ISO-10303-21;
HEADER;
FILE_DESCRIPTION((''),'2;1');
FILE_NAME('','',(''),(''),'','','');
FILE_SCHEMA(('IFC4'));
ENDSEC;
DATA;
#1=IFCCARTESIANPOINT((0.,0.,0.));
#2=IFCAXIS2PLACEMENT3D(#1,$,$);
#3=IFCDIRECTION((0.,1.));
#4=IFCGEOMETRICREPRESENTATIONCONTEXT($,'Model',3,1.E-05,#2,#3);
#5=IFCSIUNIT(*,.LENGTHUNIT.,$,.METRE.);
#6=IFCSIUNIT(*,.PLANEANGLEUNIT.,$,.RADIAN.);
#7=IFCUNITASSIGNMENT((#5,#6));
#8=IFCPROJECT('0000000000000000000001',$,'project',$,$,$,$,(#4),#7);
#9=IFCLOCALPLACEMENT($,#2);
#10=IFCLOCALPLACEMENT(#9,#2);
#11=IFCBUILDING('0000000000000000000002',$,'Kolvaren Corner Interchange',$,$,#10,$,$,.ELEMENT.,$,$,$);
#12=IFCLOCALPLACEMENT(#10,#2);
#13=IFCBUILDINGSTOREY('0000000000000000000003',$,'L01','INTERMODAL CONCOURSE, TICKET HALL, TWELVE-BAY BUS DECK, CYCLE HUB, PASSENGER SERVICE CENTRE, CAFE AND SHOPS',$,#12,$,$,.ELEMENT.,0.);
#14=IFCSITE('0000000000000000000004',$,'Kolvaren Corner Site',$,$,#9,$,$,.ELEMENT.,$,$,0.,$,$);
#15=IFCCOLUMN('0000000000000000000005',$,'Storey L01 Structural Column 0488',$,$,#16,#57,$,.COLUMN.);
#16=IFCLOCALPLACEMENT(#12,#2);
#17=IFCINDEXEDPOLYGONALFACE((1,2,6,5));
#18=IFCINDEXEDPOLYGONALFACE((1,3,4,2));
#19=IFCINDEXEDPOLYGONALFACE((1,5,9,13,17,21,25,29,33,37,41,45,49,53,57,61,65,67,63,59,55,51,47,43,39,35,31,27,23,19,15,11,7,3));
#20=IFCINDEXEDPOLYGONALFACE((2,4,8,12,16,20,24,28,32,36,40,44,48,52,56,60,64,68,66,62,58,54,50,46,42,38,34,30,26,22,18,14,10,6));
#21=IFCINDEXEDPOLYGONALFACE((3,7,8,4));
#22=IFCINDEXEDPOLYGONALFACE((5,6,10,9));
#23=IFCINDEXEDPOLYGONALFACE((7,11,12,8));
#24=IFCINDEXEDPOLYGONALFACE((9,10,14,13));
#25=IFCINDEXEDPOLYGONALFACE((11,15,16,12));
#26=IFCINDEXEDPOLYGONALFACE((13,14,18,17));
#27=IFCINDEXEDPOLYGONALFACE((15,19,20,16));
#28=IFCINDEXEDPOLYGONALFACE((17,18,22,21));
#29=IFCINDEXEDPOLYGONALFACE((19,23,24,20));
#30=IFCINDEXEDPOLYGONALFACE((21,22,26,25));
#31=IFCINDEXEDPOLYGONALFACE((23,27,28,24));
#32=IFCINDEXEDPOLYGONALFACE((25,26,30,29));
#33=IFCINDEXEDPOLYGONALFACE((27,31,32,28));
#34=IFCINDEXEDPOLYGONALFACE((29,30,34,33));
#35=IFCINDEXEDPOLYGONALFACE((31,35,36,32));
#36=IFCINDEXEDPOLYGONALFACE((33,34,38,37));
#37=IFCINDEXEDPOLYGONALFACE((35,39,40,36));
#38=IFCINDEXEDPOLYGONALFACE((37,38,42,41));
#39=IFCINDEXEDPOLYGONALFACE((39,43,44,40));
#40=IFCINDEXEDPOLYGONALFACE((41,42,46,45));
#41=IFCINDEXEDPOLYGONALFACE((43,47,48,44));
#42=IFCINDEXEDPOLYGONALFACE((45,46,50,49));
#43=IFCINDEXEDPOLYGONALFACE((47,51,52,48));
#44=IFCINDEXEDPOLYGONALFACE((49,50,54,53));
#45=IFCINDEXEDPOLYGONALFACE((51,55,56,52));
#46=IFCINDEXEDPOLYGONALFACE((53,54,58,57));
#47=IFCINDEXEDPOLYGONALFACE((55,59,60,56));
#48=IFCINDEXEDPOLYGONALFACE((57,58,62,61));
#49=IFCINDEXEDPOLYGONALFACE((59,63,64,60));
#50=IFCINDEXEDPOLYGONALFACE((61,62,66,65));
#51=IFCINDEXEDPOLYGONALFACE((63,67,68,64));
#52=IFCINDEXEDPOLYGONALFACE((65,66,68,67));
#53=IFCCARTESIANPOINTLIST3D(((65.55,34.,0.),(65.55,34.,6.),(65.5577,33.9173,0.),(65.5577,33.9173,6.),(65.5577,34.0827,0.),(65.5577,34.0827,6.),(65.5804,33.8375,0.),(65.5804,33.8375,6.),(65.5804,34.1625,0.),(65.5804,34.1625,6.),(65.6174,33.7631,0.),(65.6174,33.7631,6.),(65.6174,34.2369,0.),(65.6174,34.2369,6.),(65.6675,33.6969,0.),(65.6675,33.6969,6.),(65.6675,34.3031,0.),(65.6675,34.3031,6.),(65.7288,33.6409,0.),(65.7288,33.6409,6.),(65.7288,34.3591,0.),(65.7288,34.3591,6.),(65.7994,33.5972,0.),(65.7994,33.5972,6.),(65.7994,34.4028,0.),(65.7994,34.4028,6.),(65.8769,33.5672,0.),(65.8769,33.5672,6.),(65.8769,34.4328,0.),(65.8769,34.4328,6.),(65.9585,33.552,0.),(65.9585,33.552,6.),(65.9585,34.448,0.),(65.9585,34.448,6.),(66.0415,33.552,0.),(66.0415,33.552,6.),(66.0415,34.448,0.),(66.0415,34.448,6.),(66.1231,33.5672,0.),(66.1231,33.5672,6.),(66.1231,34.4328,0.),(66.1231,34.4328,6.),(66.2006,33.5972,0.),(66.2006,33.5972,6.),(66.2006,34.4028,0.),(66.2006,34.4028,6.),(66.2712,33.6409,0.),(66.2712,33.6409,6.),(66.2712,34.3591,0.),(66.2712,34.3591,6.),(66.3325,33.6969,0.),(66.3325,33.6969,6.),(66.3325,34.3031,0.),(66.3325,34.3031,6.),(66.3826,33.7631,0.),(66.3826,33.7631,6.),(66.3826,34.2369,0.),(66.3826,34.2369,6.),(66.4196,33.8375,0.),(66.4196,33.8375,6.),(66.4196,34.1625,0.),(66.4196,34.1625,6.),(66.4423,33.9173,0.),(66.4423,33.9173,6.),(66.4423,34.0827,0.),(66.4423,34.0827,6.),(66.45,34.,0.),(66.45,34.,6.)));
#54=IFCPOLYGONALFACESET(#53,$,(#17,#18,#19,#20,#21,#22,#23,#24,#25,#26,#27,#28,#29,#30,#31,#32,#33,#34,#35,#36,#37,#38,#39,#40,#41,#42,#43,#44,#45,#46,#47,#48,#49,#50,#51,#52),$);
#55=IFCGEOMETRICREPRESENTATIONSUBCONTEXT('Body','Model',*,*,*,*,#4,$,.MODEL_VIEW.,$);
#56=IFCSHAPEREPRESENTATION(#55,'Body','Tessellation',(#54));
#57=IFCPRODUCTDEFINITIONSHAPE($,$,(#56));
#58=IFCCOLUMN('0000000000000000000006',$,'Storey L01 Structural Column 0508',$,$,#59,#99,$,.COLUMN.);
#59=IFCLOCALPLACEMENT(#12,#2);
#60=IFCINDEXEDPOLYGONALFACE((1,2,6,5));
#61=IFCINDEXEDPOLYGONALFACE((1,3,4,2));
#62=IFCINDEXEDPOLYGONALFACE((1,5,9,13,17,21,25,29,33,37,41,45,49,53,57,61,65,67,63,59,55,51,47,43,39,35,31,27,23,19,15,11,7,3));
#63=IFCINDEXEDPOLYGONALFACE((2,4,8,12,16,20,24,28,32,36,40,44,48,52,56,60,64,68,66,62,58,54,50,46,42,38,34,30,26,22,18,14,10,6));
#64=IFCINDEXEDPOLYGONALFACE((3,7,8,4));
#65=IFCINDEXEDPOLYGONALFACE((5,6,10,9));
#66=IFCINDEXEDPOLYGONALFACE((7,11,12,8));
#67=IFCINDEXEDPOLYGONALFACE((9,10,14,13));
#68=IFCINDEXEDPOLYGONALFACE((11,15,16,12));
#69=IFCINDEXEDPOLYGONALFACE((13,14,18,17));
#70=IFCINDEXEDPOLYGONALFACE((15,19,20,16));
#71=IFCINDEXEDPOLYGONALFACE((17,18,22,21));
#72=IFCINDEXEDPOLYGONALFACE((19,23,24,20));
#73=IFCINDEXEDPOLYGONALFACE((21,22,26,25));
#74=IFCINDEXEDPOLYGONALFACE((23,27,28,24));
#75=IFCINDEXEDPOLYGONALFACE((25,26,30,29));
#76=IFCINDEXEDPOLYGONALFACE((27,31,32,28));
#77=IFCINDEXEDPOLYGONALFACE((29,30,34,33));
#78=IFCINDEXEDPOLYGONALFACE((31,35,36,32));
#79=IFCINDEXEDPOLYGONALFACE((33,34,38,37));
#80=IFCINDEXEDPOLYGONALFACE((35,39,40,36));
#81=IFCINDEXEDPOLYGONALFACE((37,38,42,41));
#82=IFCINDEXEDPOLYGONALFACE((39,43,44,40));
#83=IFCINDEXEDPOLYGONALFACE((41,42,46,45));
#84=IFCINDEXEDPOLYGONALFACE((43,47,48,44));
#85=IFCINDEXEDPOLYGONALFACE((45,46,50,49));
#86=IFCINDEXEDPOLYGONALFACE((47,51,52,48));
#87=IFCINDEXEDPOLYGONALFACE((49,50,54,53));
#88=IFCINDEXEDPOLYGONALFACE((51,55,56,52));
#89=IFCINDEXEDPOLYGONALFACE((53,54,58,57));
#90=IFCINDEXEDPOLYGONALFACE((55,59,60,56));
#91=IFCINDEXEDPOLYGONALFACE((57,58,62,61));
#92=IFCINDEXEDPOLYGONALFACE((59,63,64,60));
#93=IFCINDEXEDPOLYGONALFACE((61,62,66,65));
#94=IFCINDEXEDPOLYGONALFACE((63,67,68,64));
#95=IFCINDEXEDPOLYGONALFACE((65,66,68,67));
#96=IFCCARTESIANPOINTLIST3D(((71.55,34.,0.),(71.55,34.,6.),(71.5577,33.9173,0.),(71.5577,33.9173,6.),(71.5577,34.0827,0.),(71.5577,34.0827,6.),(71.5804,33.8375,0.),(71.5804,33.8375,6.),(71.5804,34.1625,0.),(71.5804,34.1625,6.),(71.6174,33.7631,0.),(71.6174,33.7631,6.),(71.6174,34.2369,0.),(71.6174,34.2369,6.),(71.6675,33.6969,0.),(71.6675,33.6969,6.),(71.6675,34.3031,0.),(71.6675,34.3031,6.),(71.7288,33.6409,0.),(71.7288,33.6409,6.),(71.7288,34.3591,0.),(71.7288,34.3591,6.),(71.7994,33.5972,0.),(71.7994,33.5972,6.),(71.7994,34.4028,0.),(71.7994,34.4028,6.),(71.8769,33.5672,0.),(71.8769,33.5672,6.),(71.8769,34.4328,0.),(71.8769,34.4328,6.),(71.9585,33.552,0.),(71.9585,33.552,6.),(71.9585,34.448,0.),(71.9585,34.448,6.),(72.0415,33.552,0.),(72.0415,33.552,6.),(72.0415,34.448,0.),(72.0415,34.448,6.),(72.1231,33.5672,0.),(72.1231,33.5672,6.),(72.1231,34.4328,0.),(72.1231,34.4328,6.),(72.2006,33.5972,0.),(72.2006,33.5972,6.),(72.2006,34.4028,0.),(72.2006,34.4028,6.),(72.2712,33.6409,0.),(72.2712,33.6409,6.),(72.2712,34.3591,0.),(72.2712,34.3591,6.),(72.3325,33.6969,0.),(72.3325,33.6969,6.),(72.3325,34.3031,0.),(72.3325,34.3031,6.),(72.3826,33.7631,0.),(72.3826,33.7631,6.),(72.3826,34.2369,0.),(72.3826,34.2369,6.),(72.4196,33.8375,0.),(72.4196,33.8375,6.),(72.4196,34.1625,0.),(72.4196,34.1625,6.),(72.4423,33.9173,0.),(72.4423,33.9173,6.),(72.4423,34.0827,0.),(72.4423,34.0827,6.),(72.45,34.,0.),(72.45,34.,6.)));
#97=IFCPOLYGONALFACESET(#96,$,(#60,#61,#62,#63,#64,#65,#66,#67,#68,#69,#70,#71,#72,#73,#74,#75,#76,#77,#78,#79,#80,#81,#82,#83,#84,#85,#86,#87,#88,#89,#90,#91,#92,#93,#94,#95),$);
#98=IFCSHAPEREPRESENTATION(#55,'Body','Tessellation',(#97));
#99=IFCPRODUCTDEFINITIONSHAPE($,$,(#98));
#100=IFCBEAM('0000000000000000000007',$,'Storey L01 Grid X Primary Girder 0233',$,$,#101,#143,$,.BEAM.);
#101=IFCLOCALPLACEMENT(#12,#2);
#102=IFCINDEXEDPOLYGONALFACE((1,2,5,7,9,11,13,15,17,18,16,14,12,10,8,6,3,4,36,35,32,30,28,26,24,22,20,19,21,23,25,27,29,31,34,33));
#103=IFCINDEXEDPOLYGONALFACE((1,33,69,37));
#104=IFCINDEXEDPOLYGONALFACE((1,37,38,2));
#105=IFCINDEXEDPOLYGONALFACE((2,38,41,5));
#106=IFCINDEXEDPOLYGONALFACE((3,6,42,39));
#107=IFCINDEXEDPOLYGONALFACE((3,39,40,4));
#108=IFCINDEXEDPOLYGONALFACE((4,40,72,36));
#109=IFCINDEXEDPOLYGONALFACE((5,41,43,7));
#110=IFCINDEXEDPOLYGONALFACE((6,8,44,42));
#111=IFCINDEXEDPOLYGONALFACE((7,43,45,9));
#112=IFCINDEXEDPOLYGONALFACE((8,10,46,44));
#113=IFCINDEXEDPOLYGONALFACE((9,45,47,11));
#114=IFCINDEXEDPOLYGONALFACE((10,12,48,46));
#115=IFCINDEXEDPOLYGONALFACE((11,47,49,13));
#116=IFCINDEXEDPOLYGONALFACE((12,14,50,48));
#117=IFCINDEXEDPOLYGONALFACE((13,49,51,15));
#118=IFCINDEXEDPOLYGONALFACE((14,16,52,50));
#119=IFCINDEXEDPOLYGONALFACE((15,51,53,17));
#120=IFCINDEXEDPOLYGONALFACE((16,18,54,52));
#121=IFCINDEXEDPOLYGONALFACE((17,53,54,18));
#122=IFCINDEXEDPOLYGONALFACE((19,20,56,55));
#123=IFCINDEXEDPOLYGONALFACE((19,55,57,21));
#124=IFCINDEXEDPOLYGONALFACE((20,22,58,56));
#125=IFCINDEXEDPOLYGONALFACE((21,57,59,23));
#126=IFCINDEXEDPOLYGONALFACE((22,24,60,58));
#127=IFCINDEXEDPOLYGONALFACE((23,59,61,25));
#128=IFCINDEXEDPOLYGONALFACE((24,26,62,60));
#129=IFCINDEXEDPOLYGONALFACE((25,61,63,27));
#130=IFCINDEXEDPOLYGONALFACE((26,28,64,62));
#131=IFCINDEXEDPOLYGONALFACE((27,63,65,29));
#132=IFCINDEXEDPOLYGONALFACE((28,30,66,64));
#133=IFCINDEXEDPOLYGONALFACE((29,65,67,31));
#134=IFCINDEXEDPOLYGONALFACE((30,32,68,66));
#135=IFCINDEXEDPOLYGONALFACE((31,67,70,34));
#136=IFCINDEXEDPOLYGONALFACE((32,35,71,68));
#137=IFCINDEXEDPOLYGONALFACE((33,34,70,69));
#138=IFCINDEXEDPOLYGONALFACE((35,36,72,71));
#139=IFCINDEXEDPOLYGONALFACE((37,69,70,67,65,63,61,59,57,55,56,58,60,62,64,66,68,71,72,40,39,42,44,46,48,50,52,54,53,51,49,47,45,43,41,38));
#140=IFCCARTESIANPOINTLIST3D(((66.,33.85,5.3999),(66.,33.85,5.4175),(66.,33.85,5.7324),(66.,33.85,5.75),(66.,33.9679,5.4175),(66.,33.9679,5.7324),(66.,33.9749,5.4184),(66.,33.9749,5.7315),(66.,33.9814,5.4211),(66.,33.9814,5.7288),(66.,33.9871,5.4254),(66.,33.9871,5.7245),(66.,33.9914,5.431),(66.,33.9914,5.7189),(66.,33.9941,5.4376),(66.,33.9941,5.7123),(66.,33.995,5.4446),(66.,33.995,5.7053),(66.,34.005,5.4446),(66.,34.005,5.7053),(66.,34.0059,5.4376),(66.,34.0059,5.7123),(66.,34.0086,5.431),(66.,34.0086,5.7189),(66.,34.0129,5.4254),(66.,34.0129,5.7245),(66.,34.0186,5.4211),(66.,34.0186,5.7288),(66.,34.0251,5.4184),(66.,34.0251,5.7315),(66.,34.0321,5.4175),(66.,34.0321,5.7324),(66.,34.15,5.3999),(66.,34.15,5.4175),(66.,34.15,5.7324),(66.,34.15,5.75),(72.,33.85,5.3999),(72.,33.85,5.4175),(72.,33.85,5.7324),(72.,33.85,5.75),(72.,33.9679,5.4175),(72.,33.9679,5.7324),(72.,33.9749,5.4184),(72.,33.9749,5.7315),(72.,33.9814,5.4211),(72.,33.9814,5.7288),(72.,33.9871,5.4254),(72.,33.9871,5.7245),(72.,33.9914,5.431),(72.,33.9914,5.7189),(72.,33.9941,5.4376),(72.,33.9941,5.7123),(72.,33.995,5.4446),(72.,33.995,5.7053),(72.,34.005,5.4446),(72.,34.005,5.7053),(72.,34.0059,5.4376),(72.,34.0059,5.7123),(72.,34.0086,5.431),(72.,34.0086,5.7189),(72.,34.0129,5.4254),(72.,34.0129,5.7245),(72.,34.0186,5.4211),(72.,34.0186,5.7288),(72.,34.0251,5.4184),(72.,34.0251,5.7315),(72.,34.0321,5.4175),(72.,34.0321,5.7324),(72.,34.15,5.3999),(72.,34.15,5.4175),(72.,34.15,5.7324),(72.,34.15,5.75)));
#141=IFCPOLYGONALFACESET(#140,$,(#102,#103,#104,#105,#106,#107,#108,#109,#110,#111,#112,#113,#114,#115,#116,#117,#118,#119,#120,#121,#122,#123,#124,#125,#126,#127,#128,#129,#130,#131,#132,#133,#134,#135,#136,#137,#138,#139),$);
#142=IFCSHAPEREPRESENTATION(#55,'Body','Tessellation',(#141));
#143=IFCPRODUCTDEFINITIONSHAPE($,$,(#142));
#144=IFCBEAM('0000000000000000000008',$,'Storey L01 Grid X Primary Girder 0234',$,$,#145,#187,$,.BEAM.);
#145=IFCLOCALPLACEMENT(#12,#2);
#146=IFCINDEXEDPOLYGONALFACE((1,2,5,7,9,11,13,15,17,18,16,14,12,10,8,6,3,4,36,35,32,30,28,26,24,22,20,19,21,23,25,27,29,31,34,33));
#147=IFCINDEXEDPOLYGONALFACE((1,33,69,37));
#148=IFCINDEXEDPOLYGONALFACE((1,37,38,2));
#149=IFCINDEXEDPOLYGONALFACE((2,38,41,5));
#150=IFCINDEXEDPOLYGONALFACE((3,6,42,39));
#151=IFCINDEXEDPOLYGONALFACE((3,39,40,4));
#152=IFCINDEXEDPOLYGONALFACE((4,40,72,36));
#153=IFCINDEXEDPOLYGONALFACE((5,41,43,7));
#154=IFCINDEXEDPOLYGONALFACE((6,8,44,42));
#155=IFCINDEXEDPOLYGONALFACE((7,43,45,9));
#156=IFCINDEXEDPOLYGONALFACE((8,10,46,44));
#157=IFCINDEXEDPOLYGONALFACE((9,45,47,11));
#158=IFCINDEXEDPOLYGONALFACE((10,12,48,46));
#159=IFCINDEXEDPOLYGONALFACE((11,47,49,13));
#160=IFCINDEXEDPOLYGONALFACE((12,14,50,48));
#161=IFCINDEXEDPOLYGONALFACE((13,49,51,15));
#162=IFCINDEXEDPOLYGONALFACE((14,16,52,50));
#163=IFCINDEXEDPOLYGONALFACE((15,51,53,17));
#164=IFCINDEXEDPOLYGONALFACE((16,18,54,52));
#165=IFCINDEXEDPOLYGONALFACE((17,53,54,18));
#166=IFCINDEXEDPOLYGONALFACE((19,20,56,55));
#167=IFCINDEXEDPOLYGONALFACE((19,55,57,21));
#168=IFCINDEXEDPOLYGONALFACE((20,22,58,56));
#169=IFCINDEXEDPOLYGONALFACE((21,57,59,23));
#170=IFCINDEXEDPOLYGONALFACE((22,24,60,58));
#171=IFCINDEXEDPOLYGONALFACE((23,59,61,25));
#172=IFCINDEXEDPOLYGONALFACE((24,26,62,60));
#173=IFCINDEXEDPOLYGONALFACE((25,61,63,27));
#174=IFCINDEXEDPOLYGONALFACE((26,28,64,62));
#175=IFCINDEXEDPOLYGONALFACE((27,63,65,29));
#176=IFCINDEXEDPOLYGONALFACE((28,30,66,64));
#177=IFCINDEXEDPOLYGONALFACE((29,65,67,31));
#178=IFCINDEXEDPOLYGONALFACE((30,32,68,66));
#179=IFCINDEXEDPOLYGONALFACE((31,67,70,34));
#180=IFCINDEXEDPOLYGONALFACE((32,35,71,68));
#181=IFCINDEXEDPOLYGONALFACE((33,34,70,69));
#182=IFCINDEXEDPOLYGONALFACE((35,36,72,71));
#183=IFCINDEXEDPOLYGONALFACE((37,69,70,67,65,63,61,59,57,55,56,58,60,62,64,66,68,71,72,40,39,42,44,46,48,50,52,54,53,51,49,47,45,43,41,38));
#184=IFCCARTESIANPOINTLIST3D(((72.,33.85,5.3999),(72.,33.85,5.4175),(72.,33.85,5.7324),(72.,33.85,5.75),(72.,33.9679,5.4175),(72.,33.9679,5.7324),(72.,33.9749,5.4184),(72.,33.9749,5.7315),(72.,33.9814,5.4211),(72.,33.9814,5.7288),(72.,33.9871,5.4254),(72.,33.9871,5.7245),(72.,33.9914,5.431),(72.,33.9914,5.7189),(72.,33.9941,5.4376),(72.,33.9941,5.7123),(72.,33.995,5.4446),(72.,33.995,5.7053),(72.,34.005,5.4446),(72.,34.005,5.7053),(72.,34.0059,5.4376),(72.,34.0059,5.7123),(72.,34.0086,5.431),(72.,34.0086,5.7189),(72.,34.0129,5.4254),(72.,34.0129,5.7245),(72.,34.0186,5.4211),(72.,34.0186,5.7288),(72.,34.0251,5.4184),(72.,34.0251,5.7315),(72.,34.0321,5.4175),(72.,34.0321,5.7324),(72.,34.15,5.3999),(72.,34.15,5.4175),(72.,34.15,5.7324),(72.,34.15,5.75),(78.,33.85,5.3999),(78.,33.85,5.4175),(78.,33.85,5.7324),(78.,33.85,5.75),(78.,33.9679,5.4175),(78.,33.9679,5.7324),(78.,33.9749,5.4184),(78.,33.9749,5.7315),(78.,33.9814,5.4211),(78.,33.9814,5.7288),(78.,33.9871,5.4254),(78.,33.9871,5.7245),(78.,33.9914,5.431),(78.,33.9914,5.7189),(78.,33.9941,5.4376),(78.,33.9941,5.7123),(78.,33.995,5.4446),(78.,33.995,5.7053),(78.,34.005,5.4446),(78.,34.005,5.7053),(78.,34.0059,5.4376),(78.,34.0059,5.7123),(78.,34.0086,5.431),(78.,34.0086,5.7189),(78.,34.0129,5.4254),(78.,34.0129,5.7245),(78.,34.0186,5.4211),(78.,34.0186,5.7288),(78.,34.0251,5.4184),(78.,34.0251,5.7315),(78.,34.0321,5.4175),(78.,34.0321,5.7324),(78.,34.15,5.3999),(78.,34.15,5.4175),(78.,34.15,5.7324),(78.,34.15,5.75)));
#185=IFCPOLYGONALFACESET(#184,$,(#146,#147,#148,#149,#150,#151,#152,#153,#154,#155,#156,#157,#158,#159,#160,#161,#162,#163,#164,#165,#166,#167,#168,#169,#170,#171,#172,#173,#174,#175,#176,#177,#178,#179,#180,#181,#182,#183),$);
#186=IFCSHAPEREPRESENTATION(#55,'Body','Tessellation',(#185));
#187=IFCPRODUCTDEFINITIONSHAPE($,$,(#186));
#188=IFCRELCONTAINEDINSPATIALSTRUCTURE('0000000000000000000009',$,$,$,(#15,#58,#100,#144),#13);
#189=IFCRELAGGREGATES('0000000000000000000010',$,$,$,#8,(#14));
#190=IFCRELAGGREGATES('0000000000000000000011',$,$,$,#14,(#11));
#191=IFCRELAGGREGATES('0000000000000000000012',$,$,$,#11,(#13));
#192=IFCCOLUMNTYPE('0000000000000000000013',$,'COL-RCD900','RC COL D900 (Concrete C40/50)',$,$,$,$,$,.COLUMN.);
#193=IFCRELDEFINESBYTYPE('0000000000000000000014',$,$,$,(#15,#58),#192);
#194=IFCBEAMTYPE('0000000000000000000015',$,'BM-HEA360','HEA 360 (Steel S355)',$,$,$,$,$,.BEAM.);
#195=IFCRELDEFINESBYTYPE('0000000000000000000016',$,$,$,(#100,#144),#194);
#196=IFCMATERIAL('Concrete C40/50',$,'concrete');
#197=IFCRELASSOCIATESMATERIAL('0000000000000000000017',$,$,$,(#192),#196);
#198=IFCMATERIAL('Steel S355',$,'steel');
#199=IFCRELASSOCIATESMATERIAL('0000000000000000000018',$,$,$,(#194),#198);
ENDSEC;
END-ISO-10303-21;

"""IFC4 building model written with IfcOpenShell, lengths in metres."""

from ifc_helpers import new_model, si_unit, direction, frame, origin, origin_2d, place, context, subcontext, project, spatial, circle, i_section, extrude, material, material_profile, profile_set, type_object, element, save


model = new_model("IFC4")

# Units and contexts
model_context = context("Model", 3, precision=1e-05, world=origin(), true_north=direction((0.0, 1.0)))
body_context = subcontext(model_context, "Body", "Model", "MODEL_VIEW")
ifc_project = project(units=[si_unit("LENGTHUNIT", "METRE"), si_unit("PLANEANGLEUNIT", "RADIAN")], contexts=[model_context])

# Site, building, storey
site_placement = place(None, origin())
site = spatial("IfcSite", under=ifc_project, at=site_placement, Name="Kolvaren Corner Site", CompositionType="ELEMENT", RefElevation=0.0)
building_placement = place(site_placement, origin())
building = spatial("IfcBuilding", under=site, at=building_placement, Name="Kolvaren Corner Interchange", CompositionType="ELEMENT")
storey_placement = place(building_placement, origin())
storey = spatial("IfcBuildingStorey", under=building, at=storey_placement, Name="L01", Description="INTERMODAL CONCOURSE, TICKET HALL, TWELVE-BAY BUS DECK, CYCLE HUB, PASSENGER SERVICE CENTRE, CAFE AND SHOPS", CompositionType="ELEMENT", Elevation=0.0)

# Columns
ifc_material_1 = material(Name="Concrete C40/50", Category="concrete")
ifc_material_profile_1 = material_profile(ifc_material_1, circle(Radius=0.45, at=origin_2d()), Name="RC COL D900")
ifc_profile_set_1 = profile_set([ifc_material_profile_1], Name="Concrete C40/50")
column_type = type_object("IfcColumnType", Name="COL-RCD900", Description="RC COL D900 (Concrete C40/50)", PredefinedType="COLUMN", material=ifc_profile_set_1)
for number, where, z_axis, x_axis, name in (
    (1, (66.0, 34.0, 0.0), (0.0, 0.0, 1.0), (1.0, 0.0, 0.0), "Storey L01 Structural Column 0488"),
    (2, (72.0, 34.0, 0.0), (0.0, 0.0, 1.0), (1.0, 0.0, 0.0), "Storey L01 Structural Column 0508"),
):
    element("IfcColumn", number, at=place(storey_placement, frame(where, z_axis=z_axis, x_axis=x_axis)), inside=storey, type_object=column_type, Name=name, PredefinedType="COLUMN", context=body_context, shape_type="SweptSolid", body=[
        extrude(circle(Radius=0.45, at=origin_2d()), origin(), (0.0, 0.0, 1.0), 6.0),
    ])

# Beams
ifc_material_2 = material(Name="Steel S355", Category="steel")
ifc_material_profile_2 = material_profile(ifc_material_2, i_section(OverallWidth=0.3, OverallDepth=0.3501, WebThickness=0.01, FlangeThickness=0.0176, FilletRadius=0.0271, at=origin_2d()), Name="HEA 360")
ifc_profile_set_2 = profile_set([ifc_material_profile_2], Name="Steel S355")
beam_type_1 = type_object("IfcBeamType", Name="BM-HEA360", Description="HEA 360 (Steel S355)", PredefinedType="BEAM", material=ifc_profile_set_2)
for number, where, z_axis, x_axis, name in (
    (3, (66.0, 34.0, 5.575), (1.0, 0.0, 0.0), (0.0, 1.0, 0.0), "Storey L01 Grid X Primary Girder 0233"),
    (4, (72.0, 34.0, 5.575), (1.0, 0.0, 0.0), (0.0, 1.0, 0.0), "Storey L01 Grid X Primary Girder 0234"),
):
    element("IfcBeam", number, at=place(storey_placement, frame(where, z_axis=z_axis, x_axis=x_axis)), inside=storey, type_object=beam_type_1, Name=name, PredefinedType="BEAM", context=body_context, shape_type="SweptSolid", body=[
        extrude(i_section(OverallWidth=0.3, OverallDepth=0.3501, WebThickness=0.01, FlangeThickness=0.0176, FilletRadius=0.0271, at=origin_2d()), origin(), (0.0, 0.0, 1.0), 6.0),
    ])

save(model, "model.ifc")
